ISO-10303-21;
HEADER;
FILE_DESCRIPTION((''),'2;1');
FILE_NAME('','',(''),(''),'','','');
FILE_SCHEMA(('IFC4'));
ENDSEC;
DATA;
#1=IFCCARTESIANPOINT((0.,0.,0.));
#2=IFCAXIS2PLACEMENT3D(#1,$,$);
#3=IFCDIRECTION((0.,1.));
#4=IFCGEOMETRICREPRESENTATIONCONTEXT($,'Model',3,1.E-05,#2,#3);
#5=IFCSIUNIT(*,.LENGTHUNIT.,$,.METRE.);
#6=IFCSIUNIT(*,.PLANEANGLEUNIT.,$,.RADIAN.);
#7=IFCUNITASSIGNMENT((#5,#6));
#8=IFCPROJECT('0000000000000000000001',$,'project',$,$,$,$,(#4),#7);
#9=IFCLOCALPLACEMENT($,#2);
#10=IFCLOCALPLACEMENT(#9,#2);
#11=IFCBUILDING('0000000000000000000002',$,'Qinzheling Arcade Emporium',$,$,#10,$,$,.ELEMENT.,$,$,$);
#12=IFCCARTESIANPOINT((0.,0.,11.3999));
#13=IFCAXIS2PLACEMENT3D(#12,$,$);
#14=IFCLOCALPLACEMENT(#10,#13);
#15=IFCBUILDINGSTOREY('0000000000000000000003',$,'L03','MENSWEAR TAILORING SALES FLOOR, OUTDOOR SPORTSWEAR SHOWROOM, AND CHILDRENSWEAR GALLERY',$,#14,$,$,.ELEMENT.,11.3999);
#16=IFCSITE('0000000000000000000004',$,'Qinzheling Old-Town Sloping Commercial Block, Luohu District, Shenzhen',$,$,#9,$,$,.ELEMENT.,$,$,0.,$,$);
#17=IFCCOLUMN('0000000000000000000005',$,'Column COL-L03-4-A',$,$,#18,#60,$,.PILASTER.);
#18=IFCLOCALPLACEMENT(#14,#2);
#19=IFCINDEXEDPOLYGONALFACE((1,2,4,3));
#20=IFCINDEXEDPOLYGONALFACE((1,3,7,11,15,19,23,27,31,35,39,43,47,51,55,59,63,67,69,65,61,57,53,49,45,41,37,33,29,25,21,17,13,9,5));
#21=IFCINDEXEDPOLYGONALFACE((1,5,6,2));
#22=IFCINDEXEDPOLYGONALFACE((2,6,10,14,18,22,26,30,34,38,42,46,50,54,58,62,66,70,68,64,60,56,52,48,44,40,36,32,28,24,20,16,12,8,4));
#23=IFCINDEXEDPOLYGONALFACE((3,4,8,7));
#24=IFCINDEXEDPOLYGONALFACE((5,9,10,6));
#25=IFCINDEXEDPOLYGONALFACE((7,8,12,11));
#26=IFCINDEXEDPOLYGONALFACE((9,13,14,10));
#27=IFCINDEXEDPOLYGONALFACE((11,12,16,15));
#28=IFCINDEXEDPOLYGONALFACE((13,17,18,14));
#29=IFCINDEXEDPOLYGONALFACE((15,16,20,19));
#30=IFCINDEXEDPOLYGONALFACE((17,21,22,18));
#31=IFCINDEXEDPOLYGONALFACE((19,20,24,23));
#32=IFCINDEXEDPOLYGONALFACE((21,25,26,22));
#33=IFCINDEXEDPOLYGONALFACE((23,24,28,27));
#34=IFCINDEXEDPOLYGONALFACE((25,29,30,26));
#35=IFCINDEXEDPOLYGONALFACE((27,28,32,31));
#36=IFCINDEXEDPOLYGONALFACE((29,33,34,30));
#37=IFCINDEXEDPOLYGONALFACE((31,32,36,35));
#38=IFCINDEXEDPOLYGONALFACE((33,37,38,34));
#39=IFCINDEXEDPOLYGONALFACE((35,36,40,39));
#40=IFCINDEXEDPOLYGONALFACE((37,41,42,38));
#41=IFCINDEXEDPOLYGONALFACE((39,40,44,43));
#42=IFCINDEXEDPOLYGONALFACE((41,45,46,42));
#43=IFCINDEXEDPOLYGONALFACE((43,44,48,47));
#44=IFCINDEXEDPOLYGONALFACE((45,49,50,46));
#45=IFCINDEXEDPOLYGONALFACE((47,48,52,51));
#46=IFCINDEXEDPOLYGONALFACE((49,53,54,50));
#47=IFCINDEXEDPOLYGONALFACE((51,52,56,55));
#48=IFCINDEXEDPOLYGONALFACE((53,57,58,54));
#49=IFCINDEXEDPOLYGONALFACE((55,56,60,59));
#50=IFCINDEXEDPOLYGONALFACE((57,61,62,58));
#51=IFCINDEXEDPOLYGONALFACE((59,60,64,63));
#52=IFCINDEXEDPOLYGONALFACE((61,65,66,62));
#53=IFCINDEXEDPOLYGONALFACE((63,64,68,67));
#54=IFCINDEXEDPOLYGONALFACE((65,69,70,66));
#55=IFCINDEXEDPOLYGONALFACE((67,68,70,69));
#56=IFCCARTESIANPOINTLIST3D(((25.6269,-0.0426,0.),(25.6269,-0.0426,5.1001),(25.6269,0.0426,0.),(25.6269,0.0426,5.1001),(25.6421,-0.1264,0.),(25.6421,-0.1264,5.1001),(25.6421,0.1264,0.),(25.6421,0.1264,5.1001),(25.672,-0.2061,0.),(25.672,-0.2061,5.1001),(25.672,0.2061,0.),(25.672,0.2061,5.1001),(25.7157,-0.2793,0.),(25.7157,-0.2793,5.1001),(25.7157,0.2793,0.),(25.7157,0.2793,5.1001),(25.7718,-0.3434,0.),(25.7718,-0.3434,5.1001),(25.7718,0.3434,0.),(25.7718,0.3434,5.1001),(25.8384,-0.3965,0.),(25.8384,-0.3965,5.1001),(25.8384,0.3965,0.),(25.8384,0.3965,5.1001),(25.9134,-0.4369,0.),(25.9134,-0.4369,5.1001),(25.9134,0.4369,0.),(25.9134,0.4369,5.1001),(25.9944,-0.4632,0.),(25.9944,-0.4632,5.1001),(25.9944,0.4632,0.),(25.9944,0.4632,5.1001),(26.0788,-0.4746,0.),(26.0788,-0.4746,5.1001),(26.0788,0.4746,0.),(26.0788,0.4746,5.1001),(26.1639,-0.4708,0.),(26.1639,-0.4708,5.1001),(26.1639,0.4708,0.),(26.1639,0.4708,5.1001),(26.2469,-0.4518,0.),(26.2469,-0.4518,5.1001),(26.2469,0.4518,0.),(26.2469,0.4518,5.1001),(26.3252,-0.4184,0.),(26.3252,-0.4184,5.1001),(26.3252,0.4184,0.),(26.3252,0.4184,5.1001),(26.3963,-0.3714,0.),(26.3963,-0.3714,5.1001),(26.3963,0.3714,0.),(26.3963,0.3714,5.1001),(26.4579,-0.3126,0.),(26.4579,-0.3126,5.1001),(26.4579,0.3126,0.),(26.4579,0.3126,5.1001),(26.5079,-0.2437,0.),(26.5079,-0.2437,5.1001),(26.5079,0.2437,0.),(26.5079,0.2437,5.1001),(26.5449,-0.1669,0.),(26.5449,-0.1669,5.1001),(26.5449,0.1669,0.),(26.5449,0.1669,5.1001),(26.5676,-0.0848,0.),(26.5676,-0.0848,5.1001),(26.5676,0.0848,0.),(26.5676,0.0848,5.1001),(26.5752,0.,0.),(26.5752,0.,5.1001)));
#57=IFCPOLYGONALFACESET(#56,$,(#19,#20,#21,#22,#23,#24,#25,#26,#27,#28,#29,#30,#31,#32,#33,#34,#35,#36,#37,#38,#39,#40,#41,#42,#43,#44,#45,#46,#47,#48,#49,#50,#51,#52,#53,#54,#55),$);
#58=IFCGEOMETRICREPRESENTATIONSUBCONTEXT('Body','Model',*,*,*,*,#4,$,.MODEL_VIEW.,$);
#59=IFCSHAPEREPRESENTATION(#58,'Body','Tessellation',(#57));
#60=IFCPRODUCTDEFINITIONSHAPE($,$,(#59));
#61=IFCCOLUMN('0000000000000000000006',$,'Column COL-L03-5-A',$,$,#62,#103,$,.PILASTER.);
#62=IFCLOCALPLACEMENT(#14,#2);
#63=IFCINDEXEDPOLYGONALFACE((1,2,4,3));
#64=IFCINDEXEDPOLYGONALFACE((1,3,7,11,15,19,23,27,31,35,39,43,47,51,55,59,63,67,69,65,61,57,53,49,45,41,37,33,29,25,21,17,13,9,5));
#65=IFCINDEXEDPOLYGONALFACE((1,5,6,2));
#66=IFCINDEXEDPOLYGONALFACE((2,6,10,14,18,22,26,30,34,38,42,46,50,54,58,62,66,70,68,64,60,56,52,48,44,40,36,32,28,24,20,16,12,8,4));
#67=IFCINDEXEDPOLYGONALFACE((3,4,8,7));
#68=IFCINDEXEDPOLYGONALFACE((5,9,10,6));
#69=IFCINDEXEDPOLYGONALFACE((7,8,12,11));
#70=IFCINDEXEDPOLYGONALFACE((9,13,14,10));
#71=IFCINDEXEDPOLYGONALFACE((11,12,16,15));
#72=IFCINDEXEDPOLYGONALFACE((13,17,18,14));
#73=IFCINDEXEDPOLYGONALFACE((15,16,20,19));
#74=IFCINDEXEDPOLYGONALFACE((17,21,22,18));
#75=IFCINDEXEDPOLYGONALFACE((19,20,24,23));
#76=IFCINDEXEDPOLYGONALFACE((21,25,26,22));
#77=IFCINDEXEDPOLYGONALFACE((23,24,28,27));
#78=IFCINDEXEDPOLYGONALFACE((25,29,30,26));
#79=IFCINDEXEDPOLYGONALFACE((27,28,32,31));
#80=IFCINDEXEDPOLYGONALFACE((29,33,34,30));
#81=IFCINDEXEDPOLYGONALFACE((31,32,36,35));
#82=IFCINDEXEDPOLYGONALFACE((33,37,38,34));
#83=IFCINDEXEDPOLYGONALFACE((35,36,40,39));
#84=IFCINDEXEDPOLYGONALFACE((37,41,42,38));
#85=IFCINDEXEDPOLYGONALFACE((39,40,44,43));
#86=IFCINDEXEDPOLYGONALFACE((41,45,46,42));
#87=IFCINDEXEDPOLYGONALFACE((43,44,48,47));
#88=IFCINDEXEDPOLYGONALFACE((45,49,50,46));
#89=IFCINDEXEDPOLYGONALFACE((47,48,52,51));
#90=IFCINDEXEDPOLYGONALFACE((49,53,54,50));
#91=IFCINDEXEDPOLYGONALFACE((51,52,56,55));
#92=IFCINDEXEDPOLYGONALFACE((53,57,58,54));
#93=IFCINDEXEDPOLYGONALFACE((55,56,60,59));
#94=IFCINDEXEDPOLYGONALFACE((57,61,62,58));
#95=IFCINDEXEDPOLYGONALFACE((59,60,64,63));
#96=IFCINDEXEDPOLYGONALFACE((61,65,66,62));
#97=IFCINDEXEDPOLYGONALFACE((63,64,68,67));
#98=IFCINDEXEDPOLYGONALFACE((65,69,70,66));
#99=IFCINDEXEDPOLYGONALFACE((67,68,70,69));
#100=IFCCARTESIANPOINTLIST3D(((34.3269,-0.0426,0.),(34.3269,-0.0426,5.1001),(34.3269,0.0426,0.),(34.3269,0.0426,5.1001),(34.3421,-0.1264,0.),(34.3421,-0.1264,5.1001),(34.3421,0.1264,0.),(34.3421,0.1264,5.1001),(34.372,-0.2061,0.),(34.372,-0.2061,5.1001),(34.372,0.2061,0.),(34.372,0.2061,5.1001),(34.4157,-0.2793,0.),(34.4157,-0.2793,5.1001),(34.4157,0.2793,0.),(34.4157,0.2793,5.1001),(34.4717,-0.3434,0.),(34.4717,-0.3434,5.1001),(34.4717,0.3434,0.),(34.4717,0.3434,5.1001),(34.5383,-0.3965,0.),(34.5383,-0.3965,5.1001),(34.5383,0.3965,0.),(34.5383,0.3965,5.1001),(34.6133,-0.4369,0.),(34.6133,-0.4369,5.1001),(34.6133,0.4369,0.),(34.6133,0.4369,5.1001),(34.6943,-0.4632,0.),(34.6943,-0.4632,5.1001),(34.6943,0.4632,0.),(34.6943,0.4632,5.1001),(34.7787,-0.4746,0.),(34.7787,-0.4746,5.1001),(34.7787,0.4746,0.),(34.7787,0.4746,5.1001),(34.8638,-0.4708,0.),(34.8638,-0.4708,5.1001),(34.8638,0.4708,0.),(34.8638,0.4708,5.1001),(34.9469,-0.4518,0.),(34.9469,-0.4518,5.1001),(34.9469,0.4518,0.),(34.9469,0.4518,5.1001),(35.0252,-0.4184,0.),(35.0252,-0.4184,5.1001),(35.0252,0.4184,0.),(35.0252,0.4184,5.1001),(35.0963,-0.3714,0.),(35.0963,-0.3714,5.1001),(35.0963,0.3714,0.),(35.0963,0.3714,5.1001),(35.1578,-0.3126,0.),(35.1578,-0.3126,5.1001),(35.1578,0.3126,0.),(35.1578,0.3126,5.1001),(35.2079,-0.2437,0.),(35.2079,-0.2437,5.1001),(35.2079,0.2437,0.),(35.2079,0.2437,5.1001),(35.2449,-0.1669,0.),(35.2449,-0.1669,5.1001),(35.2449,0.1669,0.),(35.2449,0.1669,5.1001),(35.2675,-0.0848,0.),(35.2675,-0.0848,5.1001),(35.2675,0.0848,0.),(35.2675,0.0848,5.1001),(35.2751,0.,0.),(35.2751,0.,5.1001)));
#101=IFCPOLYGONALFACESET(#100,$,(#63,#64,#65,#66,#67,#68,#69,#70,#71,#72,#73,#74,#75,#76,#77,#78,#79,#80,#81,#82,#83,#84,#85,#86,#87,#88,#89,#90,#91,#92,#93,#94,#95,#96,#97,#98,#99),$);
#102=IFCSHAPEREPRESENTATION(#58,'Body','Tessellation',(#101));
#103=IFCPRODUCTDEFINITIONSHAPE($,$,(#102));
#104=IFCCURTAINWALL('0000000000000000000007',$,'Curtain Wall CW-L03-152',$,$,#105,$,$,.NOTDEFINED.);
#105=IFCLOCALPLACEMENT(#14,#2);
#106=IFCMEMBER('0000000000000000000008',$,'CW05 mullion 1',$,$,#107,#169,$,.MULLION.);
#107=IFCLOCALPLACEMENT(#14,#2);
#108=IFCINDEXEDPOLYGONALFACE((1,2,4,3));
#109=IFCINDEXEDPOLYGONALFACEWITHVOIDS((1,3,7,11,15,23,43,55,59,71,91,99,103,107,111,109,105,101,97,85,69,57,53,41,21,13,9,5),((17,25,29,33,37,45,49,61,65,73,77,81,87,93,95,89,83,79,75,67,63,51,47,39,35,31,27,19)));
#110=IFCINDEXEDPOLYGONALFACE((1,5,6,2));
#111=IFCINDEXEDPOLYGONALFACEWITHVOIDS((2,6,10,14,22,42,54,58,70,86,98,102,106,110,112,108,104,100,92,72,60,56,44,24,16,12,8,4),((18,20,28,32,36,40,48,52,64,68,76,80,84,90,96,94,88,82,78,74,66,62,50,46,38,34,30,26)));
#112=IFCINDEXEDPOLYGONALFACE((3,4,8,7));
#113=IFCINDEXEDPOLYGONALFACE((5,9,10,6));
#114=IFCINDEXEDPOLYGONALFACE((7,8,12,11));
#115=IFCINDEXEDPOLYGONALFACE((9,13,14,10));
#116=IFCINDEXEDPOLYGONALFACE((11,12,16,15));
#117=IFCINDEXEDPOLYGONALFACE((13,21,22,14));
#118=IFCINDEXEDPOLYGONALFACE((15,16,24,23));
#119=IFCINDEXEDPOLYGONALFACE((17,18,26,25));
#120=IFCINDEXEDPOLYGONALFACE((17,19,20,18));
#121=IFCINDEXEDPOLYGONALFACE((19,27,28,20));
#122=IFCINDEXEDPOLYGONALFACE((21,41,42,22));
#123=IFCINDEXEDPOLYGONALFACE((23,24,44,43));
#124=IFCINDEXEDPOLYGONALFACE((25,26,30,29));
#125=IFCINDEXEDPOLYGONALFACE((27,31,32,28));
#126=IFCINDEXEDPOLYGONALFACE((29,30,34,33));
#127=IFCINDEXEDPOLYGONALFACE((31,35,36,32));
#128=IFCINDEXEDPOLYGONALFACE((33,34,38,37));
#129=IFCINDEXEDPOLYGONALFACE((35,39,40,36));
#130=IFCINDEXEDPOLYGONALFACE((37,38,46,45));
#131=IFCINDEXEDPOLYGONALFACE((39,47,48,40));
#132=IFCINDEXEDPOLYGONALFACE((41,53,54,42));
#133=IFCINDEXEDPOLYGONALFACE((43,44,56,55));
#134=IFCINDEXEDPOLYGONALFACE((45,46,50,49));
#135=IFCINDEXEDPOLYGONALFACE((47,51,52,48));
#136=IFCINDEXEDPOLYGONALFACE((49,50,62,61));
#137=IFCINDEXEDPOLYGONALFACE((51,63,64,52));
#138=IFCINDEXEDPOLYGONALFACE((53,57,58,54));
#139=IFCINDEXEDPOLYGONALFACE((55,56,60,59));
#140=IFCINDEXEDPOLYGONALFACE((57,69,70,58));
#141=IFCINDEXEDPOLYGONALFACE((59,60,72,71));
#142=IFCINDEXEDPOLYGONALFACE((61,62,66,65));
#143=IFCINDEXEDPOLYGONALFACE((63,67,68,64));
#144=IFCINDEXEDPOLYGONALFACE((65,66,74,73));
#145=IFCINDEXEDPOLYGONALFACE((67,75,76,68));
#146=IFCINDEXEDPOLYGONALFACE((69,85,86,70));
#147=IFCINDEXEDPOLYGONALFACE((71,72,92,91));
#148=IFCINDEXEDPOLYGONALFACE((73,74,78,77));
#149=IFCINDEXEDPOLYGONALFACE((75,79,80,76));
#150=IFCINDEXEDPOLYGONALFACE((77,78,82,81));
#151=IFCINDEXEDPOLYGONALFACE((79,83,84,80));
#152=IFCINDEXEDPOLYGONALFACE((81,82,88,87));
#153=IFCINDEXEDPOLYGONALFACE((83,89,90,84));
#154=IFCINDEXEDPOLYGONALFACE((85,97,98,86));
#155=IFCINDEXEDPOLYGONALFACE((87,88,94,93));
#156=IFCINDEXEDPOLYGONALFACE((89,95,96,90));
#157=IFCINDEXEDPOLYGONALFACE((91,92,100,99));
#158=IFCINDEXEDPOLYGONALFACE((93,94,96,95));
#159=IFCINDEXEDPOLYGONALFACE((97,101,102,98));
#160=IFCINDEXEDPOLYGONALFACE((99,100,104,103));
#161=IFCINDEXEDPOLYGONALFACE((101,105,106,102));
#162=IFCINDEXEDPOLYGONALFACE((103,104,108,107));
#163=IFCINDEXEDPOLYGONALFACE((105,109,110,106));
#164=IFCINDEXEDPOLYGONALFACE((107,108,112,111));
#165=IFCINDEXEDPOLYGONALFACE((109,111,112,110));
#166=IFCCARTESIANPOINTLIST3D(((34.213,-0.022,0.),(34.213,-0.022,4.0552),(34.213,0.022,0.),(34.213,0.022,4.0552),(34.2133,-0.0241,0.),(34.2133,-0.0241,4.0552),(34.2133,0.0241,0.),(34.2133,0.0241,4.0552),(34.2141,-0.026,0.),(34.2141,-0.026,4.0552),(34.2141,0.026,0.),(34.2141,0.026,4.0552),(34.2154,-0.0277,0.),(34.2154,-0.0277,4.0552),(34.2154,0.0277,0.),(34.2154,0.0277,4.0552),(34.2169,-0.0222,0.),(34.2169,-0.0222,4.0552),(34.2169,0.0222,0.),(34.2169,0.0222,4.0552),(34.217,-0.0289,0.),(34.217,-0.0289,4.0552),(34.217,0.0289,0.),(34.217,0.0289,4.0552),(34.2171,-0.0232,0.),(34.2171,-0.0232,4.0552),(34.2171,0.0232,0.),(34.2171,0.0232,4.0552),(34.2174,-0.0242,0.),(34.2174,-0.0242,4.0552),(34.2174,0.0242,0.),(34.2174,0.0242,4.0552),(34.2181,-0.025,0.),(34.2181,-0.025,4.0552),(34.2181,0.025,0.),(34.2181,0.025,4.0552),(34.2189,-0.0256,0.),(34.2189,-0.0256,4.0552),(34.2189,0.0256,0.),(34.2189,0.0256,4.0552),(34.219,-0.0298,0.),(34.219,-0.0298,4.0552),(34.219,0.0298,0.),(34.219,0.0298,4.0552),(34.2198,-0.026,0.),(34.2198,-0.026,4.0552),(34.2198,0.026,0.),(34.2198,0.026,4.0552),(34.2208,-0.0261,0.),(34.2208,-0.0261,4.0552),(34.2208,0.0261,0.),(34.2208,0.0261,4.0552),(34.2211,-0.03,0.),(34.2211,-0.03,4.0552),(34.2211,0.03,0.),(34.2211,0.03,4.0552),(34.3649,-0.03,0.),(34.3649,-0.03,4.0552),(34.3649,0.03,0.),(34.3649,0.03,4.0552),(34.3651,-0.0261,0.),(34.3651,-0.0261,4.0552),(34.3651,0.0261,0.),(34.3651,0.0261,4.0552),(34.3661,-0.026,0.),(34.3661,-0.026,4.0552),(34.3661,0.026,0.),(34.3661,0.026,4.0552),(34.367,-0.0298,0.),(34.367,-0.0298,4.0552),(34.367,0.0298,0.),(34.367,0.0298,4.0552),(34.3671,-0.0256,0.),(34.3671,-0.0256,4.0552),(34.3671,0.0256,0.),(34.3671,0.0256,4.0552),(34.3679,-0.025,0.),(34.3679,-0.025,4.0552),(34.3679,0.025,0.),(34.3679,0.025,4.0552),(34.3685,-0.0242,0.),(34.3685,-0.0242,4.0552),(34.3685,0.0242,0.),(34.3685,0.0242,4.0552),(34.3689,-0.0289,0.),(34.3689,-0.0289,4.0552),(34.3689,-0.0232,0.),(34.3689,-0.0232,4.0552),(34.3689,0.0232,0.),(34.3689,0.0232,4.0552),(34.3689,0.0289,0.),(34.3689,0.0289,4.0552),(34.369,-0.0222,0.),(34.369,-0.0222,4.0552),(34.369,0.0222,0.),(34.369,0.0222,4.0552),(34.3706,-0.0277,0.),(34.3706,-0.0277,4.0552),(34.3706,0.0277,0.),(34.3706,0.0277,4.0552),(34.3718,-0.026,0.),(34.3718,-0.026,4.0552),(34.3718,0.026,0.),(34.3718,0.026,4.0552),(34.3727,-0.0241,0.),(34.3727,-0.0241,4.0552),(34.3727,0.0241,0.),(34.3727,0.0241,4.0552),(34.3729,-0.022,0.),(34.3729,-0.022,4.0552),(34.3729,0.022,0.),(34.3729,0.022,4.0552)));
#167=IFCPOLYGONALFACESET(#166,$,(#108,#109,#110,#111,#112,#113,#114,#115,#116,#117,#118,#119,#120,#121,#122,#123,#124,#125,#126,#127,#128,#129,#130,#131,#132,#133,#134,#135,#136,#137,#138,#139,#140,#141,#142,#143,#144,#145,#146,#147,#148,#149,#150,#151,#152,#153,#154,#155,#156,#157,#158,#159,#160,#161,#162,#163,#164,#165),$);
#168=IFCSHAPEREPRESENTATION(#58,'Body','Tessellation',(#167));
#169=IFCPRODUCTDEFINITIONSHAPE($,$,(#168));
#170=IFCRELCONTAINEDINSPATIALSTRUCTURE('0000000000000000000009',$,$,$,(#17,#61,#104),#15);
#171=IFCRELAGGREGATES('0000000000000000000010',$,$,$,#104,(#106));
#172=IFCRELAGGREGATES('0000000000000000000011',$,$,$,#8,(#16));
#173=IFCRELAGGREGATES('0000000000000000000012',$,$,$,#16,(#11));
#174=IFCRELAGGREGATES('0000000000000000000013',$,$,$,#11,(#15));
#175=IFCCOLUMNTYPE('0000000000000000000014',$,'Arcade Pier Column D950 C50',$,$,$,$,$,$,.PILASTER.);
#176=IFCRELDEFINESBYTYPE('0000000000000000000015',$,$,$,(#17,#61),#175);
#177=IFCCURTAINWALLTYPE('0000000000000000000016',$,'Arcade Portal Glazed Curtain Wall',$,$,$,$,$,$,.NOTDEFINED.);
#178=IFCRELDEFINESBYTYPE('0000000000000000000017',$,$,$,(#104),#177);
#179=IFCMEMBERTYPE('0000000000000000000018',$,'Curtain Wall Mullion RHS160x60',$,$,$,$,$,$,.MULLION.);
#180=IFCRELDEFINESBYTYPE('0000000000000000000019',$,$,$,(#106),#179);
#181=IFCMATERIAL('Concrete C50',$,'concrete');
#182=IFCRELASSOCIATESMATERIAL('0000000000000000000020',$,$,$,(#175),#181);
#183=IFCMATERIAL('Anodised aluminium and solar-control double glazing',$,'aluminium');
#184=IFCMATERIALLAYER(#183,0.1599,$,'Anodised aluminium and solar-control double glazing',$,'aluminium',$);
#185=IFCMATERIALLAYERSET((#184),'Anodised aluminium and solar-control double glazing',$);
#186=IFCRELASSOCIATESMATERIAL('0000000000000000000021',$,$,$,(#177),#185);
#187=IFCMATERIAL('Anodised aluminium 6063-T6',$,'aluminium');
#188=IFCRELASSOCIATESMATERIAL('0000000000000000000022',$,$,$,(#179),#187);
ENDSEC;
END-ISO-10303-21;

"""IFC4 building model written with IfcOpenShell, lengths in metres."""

from ifc_helpers import new_model, si_unit, direction, frame, origin, origin_2d, place, context, subcontext, project, spatial, hollow_rectangle, circle, extrude, material, layer, layer_set, material_profile, profile_set, type_object, element, aggregate, save


model = new_model("IFC4")

# Units and contexts
model_context = context("Model", 3, precision=1e-05, world=origin(), true_north=direction((0.0, 1.0)))
body_context = subcontext(model_context, "Body", "Model", "MODEL_VIEW")
ifc_project = project(units=[si_unit("LENGTHUNIT", "METRE"), si_unit("PLANEANGLEUNIT", "RADIAN")], contexts=[model_context])

# Site, building, storey
site_placement = place(None, origin())
site = spatial("IfcSite", under=ifc_project, at=site_placement, Name="Qinzheling Old-Town Sloping Commercial Block, Luohu District, Shenzhen", CompositionType="ELEMENT", RefElevation=0.0)
building_placement = place(site_placement, origin())
building = spatial("IfcBuilding", under=site, at=building_placement, Name="Qinzheling Arcade Emporium", CompositionType="ELEMENT")
storey_placement = place(building_placement, frame((0.0, 0.0, 11.3999)))
storey = spatial("IfcBuildingStorey", under=building, at=storey_placement, Name="L03", Description="MENSWEAR TAILORING SALES FLOOR, OUTDOOR SPORTSWEAR SHOWROOM, AND CHILDRENSWEAR GALLERY", CompositionType="ELEMENT", Elevation=11.3999)

# Columns
ifc_material_1 = material(Name="Concrete C50", Category="concrete")
ifc_material_profile_1 = material_profile(ifc_material_1, circle(Radius=0.4751, at=origin_2d()), Name="RC D950", Category="concrete")
ifc_profile_set_1 = profile_set([ifc_material_profile_1], Name="Concrete C50")
column_type = type_object("IfcColumnType", Name="Arcade Pier Column D950 C50", PredefinedType="PILASTER", material=ifc_profile_set_1)
for number, where, z_axis, x_axis, name in (
    (1, (26.1001, 0.0, 0.0), (0.0, 0.0, 1.0), (1.0, 0.0, 0.0), "Column COL-L03-4-A"),
    (2, (34.8, 0.0, 0.0), (0.0, 0.0, 1.0), (1.0, 0.0, 0.0), "Column COL-L03-5-A"),
):
    element("IfcColumn", number, at=place(storey_placement, frame(where, z_axis=z_axis, x_axis=x_axis)), inside=storey, type_object=column_type, Name=name, PredefinedType="PILASTER", context=body_context, shape_type="SweptSolid", body=[
        extrude(circle(Radius=0.4751, at=origin_2d()), origin(), (0.0, 0.0, 1.0), 5.1001),
    ])

# Curtain wall, member
ifc_material_2 = material(Name="Anodised aluminium and solar-control double glazing", Category="aluminium")
ifc_layer_1 = layer(ifc_material_2, 0.1599, Name="Anodised aluminium and solar-control double glazing", Category="aluminium")
ifc_layer_set_1 = layer_set([ifc_layer_1], Name="Anodised aluminium and solar-control double glazing")
curtain_wall_type = type_object("IfcCurtainWallType", Name="Arcade Portal Glazed Curtain Wall", PredefinedType="NOTDEFINED", material=ifc_layer_set_1)
curtain_wall_placement = place(storey_placement, origin())
curtain_wall = element("IfcCurtainWall", 3, at=curtain_wall_placement, inside=storey, type_object=curtain_wall_type, Name="Curtain Wall CW-L03-152", PredefinedType="NOTDEFINED")
ifc_material_3 = material(Name="Anodised aluminium 6063-T6", Category="aluminium")
ifc_material_profile_2 = material_profile(ifc_material_3, hollow_rectangle(XDim=0.0601, YDim=0.1599, WallThickness=0.0039, InnerFilletRadius=0.0039, OuterFilletRadius=0.0081, at=origin_2d()), Name="RHS 160x60x4", Category="aluminium")
ifc_profile_set_2 = profile_set([ifc_material_profile_2], Name="Anodised aluminium 6063-T6")
member_type_1 = type_object("IfcMemberType", Name="Curtain Wall Mullion RHS160x60", PredefinedType="MULLION", material=ifc_profile_set_2)
member_1_placement = place(storey_placement, frame((34.293, 0.0, 0.0), z_axis=(0.0, 0.0, 1.0), x_axis=(0.0, -1.0, 0.0)))
member_1 = element("IfcMember", 4, at=member_1_placement, type_object=member_type_1, Name="CW05 mullion 1", PredefinedType="MULLION", context=body_context, shape_type="SweptSolid", body=[
    extrude(hollow_rectangle(XDim=0.0601, YDim=0.1599, WallThickness=0.0039, InnerFilletRadius=0.0039, OuterFilletRadius=0.0081, at=origin_2d()), origin(), (0.0, 0.0, 1.0), 4.0552),
])

aggregate(curtain_wall, [member_1])

save(model, "model.ifc")
